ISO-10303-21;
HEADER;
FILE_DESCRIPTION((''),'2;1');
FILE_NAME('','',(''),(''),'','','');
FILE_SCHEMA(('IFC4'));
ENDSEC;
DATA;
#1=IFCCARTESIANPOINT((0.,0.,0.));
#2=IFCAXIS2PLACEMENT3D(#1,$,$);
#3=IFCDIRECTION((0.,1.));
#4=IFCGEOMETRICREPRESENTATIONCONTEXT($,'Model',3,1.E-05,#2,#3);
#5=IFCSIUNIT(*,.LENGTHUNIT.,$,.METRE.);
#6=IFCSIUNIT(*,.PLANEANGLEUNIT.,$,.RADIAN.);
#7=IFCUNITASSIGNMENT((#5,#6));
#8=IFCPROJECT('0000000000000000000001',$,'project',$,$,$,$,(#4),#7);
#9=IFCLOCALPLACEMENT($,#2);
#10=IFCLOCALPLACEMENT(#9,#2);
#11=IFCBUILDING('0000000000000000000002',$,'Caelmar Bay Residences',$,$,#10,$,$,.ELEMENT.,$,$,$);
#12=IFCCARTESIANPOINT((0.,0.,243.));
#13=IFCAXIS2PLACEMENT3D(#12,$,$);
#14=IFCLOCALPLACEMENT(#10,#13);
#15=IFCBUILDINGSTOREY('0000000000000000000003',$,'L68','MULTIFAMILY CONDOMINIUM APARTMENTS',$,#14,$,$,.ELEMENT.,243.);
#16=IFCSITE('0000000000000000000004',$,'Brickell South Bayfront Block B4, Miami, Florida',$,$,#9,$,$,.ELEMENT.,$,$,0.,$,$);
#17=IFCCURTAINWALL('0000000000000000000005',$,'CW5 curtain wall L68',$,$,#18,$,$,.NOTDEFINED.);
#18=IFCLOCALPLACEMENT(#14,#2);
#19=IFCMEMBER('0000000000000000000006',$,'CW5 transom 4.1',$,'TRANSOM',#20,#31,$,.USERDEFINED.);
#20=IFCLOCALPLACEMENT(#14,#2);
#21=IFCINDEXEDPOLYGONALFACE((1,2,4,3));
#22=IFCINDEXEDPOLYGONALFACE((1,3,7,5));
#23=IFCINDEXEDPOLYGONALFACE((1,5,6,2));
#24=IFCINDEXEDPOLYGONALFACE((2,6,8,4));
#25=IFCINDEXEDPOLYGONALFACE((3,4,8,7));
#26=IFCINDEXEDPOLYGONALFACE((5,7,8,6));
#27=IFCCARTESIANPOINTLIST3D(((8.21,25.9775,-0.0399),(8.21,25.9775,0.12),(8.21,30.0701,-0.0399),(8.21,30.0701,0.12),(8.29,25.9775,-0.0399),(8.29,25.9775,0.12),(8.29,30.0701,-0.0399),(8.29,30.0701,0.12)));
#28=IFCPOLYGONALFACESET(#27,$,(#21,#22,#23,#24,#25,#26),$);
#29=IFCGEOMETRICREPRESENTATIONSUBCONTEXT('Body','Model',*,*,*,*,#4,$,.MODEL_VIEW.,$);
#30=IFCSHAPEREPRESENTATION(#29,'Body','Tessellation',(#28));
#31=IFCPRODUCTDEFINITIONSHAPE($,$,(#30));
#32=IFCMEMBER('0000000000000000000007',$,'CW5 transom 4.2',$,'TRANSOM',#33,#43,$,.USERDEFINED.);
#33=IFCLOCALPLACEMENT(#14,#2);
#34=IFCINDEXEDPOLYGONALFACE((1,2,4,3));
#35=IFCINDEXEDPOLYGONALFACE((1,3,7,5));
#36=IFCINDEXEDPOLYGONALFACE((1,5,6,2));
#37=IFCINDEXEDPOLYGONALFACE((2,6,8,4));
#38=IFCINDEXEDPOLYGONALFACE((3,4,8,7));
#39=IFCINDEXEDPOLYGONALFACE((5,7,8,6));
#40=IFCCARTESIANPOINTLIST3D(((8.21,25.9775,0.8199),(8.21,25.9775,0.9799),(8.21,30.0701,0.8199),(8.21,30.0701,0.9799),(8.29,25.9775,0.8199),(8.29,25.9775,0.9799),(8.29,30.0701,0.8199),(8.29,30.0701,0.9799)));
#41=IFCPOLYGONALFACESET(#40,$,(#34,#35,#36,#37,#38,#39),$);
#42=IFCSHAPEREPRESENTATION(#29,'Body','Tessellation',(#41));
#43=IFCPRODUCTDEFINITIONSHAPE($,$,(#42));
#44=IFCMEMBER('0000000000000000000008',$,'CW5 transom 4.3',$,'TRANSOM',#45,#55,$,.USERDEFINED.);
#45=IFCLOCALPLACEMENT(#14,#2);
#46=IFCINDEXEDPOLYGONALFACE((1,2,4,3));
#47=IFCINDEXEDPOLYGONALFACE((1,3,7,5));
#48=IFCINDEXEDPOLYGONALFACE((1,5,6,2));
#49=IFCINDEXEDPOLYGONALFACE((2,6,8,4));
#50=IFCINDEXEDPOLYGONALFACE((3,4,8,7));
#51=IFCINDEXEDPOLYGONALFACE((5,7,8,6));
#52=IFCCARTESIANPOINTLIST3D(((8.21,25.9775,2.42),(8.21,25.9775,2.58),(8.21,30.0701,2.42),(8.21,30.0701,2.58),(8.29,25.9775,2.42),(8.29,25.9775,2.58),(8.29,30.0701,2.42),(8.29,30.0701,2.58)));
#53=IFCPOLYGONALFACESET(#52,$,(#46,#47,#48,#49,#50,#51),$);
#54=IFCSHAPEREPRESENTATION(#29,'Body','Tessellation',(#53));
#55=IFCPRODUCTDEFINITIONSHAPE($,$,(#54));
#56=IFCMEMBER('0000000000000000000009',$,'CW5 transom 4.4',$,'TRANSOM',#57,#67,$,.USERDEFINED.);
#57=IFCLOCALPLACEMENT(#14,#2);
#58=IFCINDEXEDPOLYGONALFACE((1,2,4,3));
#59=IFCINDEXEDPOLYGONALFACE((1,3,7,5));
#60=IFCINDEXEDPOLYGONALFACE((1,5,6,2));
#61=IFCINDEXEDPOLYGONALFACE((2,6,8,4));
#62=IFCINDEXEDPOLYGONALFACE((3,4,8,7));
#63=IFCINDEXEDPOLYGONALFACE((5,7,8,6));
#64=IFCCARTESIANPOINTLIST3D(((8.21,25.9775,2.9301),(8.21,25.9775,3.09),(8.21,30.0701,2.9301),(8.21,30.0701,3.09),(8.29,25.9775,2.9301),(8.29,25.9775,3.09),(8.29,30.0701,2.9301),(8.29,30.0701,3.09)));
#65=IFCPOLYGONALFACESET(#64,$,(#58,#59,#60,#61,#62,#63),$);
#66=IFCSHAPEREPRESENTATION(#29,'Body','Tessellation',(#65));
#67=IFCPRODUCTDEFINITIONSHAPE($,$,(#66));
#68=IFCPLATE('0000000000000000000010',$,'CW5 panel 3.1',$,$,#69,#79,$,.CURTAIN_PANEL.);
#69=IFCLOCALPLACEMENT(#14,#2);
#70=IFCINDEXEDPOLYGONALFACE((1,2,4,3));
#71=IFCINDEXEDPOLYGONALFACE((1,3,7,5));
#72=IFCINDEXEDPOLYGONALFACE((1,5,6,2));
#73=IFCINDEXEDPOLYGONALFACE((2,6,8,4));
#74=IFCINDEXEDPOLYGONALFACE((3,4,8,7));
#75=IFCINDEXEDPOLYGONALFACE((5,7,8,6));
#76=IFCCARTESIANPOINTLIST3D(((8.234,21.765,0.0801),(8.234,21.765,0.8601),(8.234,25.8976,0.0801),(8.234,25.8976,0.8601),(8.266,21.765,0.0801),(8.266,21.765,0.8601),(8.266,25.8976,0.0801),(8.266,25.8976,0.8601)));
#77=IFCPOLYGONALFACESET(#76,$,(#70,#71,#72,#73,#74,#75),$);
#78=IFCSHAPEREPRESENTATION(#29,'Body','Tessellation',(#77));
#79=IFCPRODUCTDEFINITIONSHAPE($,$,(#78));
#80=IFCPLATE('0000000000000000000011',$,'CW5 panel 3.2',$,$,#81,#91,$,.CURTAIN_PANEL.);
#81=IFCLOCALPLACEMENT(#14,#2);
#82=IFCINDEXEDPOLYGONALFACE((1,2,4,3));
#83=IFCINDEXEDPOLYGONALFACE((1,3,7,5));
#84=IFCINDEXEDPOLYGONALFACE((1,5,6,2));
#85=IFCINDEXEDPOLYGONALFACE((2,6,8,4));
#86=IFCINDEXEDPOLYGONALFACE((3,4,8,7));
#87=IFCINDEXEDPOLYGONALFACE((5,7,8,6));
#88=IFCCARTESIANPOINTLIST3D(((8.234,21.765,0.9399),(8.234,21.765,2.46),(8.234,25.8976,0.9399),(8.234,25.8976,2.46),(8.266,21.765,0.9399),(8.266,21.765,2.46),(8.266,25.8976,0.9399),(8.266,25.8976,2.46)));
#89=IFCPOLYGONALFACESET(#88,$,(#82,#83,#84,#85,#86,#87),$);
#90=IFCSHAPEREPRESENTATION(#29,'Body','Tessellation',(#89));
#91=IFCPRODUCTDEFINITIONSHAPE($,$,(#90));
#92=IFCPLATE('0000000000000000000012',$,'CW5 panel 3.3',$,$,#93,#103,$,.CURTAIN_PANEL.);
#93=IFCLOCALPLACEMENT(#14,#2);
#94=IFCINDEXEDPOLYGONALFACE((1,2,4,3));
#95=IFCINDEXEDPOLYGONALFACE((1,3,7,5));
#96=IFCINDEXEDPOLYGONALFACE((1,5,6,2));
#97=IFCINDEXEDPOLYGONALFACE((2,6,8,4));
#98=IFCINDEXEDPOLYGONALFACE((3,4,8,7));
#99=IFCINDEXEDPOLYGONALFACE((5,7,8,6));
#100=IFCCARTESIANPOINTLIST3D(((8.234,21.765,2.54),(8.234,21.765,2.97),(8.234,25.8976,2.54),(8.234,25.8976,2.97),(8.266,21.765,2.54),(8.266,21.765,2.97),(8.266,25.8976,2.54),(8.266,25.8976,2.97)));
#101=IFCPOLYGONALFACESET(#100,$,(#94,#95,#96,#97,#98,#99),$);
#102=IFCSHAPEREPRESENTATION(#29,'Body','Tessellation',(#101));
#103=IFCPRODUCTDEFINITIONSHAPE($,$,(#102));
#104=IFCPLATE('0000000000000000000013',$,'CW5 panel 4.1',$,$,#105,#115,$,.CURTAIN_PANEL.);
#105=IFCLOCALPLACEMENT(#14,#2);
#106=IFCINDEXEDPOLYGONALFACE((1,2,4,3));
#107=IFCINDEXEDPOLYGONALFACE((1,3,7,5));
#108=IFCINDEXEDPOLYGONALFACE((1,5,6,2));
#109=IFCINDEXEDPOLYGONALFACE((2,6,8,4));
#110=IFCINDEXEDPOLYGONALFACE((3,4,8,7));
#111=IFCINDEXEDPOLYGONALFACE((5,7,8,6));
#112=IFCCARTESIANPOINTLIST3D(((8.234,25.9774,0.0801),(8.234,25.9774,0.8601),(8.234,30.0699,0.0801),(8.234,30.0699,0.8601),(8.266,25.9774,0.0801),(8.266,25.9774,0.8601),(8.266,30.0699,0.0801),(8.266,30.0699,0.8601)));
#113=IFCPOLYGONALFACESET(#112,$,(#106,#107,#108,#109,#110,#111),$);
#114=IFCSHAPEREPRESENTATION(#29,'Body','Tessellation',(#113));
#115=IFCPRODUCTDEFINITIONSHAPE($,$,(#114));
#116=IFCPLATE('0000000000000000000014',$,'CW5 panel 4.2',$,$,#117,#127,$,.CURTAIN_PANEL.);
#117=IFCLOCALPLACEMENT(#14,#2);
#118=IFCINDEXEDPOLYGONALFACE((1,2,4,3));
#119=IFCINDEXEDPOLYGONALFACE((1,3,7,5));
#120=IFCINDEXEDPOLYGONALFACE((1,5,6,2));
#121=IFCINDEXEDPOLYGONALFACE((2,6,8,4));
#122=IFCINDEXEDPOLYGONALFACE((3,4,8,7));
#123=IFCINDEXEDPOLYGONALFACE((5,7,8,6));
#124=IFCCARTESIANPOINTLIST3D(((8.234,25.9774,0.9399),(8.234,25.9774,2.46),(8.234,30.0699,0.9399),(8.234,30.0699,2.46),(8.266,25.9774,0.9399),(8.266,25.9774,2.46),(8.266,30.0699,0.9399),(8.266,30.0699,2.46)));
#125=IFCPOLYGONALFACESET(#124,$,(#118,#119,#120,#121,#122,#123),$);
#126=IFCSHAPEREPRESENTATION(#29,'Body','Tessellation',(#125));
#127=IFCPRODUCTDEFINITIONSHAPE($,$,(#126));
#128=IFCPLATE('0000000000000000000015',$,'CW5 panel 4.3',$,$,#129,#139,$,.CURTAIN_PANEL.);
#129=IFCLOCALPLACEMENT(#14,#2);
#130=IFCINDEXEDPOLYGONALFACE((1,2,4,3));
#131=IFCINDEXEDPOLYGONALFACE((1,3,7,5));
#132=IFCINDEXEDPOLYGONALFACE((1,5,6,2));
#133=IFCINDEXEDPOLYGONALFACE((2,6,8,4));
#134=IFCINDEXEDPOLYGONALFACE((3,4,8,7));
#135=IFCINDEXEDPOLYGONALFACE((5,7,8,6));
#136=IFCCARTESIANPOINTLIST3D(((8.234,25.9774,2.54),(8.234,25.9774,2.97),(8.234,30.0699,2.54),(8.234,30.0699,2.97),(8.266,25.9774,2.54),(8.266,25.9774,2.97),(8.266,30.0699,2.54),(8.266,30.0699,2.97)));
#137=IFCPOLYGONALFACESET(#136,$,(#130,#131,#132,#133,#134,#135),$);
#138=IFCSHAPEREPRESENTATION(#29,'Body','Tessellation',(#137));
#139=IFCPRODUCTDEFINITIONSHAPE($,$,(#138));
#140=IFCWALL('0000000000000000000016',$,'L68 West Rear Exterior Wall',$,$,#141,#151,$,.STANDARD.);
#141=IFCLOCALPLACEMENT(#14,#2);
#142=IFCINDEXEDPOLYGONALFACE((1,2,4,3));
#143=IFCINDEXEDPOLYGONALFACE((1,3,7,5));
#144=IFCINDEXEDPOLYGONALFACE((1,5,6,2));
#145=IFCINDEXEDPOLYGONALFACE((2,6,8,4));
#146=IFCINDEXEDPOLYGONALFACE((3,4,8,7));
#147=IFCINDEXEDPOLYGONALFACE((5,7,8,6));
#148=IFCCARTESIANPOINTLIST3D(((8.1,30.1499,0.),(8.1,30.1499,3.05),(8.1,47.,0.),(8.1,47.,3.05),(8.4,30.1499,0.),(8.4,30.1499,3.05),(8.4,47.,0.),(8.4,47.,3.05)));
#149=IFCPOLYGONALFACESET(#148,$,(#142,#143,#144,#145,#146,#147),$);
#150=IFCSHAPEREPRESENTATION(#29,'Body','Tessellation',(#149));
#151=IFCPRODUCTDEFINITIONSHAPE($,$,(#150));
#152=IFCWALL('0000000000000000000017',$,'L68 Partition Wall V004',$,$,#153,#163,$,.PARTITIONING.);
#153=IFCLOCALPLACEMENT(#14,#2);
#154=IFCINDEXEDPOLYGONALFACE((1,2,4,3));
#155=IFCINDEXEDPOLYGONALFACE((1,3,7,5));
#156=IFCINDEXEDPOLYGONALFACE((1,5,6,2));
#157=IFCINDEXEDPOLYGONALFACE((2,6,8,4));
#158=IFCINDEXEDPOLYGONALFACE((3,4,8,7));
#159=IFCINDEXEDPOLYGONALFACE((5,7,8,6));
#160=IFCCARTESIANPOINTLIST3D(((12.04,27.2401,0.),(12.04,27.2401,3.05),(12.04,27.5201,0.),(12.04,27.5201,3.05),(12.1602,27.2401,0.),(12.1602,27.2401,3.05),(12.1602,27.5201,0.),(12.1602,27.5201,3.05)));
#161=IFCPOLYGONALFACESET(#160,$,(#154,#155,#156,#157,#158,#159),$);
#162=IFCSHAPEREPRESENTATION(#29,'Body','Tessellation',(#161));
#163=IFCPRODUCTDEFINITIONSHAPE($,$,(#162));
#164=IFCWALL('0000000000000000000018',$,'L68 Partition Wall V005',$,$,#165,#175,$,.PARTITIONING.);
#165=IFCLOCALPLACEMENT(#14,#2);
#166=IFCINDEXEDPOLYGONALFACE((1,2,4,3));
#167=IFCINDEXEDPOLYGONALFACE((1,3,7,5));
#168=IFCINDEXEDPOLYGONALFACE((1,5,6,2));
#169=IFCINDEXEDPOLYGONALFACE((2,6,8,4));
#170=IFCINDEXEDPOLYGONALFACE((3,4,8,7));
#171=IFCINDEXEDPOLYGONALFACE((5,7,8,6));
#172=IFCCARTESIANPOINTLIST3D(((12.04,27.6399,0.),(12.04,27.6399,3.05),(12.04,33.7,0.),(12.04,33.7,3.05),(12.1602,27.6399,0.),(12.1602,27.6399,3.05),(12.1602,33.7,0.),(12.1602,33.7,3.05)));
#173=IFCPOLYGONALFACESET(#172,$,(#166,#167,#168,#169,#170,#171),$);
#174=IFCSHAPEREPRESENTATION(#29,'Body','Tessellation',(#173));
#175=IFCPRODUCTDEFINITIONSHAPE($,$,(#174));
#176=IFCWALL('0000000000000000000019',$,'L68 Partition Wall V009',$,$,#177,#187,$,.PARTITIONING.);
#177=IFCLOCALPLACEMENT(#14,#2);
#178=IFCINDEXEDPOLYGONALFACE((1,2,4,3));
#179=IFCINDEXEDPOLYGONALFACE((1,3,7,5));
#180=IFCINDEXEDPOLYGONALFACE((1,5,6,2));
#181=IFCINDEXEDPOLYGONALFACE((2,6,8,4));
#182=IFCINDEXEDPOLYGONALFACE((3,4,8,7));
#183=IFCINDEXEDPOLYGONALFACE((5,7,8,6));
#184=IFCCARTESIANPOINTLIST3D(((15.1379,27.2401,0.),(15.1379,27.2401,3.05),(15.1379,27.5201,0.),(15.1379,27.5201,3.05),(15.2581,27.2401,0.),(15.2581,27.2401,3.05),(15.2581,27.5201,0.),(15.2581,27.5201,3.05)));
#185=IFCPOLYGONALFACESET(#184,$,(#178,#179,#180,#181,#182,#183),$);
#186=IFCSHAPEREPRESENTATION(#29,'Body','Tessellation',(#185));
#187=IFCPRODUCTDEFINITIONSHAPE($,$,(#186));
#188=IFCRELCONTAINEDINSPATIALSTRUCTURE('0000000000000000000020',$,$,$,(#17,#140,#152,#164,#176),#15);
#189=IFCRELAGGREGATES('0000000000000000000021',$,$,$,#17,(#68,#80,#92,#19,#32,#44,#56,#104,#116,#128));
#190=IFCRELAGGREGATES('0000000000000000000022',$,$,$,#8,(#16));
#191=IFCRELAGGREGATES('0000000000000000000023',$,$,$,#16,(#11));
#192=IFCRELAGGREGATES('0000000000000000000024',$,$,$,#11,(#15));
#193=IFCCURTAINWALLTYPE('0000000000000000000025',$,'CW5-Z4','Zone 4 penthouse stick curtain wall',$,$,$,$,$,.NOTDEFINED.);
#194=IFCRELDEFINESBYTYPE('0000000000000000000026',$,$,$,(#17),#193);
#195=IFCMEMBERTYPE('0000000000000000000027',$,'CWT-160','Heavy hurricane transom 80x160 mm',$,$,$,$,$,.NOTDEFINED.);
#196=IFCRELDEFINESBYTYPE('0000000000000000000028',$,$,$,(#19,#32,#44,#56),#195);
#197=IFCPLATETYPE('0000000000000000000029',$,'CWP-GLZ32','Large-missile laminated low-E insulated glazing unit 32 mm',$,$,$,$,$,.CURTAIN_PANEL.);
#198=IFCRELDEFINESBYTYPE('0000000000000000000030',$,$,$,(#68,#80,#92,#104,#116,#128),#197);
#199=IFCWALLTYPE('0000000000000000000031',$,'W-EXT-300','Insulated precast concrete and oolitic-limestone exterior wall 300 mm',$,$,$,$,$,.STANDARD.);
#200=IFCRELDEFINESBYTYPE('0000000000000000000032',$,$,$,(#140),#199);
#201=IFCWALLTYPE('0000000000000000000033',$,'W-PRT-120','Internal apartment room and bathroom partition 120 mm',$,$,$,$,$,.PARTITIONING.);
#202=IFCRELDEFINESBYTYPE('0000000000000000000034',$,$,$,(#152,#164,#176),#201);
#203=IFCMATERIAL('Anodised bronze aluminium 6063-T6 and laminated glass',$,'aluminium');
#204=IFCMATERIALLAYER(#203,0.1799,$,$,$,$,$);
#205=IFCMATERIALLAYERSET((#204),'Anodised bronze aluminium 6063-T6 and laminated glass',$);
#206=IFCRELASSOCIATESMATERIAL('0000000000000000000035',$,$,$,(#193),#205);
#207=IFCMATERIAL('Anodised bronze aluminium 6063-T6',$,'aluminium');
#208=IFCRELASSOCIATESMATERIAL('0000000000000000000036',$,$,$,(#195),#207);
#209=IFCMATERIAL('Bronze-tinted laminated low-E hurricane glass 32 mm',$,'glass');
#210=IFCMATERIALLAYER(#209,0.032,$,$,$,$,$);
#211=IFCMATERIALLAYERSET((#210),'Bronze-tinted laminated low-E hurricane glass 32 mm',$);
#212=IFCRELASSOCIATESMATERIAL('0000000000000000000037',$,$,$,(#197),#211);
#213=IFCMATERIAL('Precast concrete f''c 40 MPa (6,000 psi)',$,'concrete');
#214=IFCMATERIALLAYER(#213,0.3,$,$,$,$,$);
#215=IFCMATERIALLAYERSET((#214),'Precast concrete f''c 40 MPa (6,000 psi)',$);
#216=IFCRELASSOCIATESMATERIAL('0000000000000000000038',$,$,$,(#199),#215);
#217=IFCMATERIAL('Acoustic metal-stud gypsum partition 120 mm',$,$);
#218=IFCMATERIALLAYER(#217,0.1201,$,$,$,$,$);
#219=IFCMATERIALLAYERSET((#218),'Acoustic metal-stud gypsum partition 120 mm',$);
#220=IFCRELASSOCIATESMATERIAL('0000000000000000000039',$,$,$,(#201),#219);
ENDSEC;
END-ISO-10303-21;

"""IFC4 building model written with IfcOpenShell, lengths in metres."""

from ifc_helpers import new_model, si_unit, direction, frame, frame_2d, origin, origin_2d, place, context, subcontext, project, spatial, rectangle, extrude, material, layer, layer_set, material_profile, profile_set, type_object, element, aggregate, save


model = new_model("IFC4")

# Units and contexts
model_context = context("Model", 3, precision=1e-05, world=origin(), true_north=direction((0.0, 1.0)))
body_context = subcontext(model_context, "Body", "Model", "MODEL_VIEW")
ifc_project = project(units=[si_unit("LENGTHUNIT", "METRE"), si_unit("PLANEANGLEUNIT", "RADIAN")], contexts=[model_context])

# Site, building, storey
site_placement = place(None, origin())
site = spatial("IfcSite", under=ifc_project, at=site_placement, Name="Brickell South Bayfront Block B4, Miami, Florida", CompositionType="ELEMENT", RefElevation=0.0)
building_placement = place(site_placement, origin())
building = spatial("IfcBuilding", under=site, at=building_placement, Name="Caelmar Bay Residences", CompositionType="ELEMENT")
storey_placement = place(building_placement, frame((0.0, 0.0, 243.0)))
storey = spatial("IfcBuildingStorey", under=building, at=storey_placement, Name="L68", Description="MULTIFAMILY CONDOMINIUM APARTMENTS", CompositionType="ELEMENT", Elevation=243.0)

# Curtain wall, members, plates
ifc_material_1 = material(Name="Anodised bronze aluminium 6063-T6 and laminated glass", Category="aluminium")
ifc_layer_1 = layer(ifc_material_1, 0.1799)
ifc_layer_set_1 = layer_set([ifc_layer_1], Name="Anodised bronze aluminium 6063-T6 and laminated glass")
curtain_wall_type = type_object("IfcCurtainWallType", Name="CW5-Z4", Description="Zone 4 penthouse stick curtain wall", PredefinedType="NOTDEFINED", material=ifc_layer_set_1)
curtain_wall_placement = place(storey_placement, origin())
curtain_wall = element("IfcCurtainWall", 1, at=curtain_wall_placement, inside=storey, type_object=curtain_wall_type, Name="CW5 curtain wall L68", PredefinedType="NOTDEFINED")
ifc_material_2 = material(Name="Anodised bronze aluminium 6063-T6", Category="aluminium")
ifc_material_profile_1 = material_profile(ifc_material_2, rectangle(XDim=0.0801, YDim=0.1599, at=origin_2d()), Name="CWT-80X160")
ifc_profile_set_1 = profile_set([ifc_material_profile_1], Name="Anodised bronze aluminium 6063-T6")
member_type_1 = type_object("IfcMemberType", Name="CWT-160", Description="Heavy hurricane transom 80x160 mm", PredefinedType="NOTDEFINED", material=ifc_profile_set_1)
member_1_placement = place(storey_placement, frame((8.25, 25.9775, 0.04), z_axis=(0.0, 1.0, 0.0), x_axis=(-1.0, 0.0, 0.0)))
member_1 = element("IfcMember", 2, at=member_1_placement, type_object=member_type_1, Name="CW5 transom 4.1", ObjectType="TRANSOM", PredefinedType="USERDEFINED", context=body_context, shape_type="SweptSolid", body=[
    extrude(rectangle(XDim=0.0801, YDim=0.1599, at=origin_2d()), origin(), (0.0, 0.0, 1.0), 4.0925),
])
member_2_placement = place(storey_placement, frame((8.25, 25.9775, 0.8999), z_axis=(0.0, 1.0, 0.0), x_axis=(-1.0, 0.0, 0.0)))
member_2 = element("IfcMember", 3, at=member_2_placement, type_object=member_type_1, Name="CW5 transom 4.2", ObjectType="TRANSOM", PredefinedType="USERDEFINED", context=body_context, shape_type="SweptSolid", body=[
    extrude(rectangle(XDim=0.0801, YDim=0.1599, at=origin_2d()), origin(), (0.0, 0.0, 1.0), 4.0925),
])
member_3_placement = place(storey_placement, frame((8.25, 25.9775, 2.5), z_axis=(0.0, 1.0, 0.0), x_axis=(-1.0, 0.0, 0.0)))
member_3 = element("IfcMember", 4, at=member_3_placement, type_object=member_type_1, Name="CW5 transom 4.3", ObjectType="TRANSOM", PredefinedType="USERDEFINED", context=body_context, shape_type="SweptSolid", body=[
    extrude(rectangle(XDim=0.0801, YDim=0.1599, at=origin_2d()), origin(), (0.0, 0.0, 1.0), 4.0925),
])
member_4_placement = place(storey_placement, frame((8.25, 25.9775, 3.01), z_axis=(0.0, 1.0, 0.0), x_axis=(-1.0, 0.0, 0.0)))
member_4 = element("IfcMember", 5, at=member_4_placement, type_object=member_type_1, Name="CW5 transom 4.4", ObjectType="TRANSOM", PredefinedType="USERDEFINED", context=body_context, shape_type="SweptSolid", body=[
    extrude(rectangle(XDim=0.0801, YDim=0.1599, at=origin_2d()), origin(), (0.0, 0.0, 1.0), 4.0925),
])
ifc_material_3 = material(Name="Bronze-tinted laminated low-E hurricane glass 32 mm", Category="glass")
ifc_layer_2 = layer(ifc_material_3, 0.032)
ifc_layer_set_2 = layer_set([ifc_layer_2], Name="Bronze-tinted laminated low-E hurricane glass 32 mm")
plate_type = type_object("IfcPlateType", Name="CWP-GLZ32", Description="Large-missile laminated low-E insulated glazing unit 32 mm", PredefinedType="CURTAIN_PANEL", material=ifc_layer_set_2)
plate_1_placement = place(storey_placement, frame((8.25, 23.8313, 0.0801), z_axis=(0.0, 0.0, 1.0), x_axis=(0.0, 1.0, 0.0)))
plate_1 = element("IfcPlate", 6, at=plate_1_placement, type_object=plate_type, Name="CW5 panel 3.1", PredefinedType="CURTAIN_PANEL", context=body_context, shape_type="SweptSolid", body=[
    extrude(rectangle(XDim=4.1326, YDim=0.032, at=origin_2d()), origin(), (0.0, 0.0, 1.0), 0.78),
])
plate_2_placement = place(storey_placement, frame((8.25, 23.8313, 0.9399), z_axis=(0.0, 0.0, 1.0), x_axis=(0.0, 1.0, 0.0)))
plate_2 = element("IfcPlate", 7, at=plate_2_placement, type_object=plate_type, Name="CW5 panel 3.2", PredefinedType="CURTAIN_PANEL", context=body_context, shape_type="SweptSolid", body=[
    extrude(rectangle(XDim=4.1326, YDim=0.032, at=origin_2d()), origin(), (0.0, 0.0, 1.0), 1.52),
])
plate_3_placement = place(storey_placement, frame((8.25, 23.8313, 2.54), z_axis=(0.0, 0.0, 1.0), x_axis=(0.0, 1.0, 0.0)))
plate_3 = element("IfcPlate", 8, at=plate_3_placement, type_object=plate_type, Name="CW5 panel 3.3", PredefinedType="CURTAIN_PANEL", context=body_context, shape_type="SweptSolid", body=[
    extrude(rectangle(XDim=4.1326, YDim=0.032, at=origin_2d()), origin(), (0.0, 0.0, 1.0), 0.4299),
])
plate_4_placement = place(storey_placement, frame((8.25, 28.0237, 0.0801), z_axis=(0.0, 0.0, 1.0), x_axis=(0.0, 1.0, 0.0)))
plate_4 = element("IfcPlate", 9, at=plate_4_placement, type_object=plate_type, Name="CW5 panel 4.1", PredefinedType="CURTAIN_PANEL", context=body_context, shape_type="SweptSolid", body=[
    extrude(rectangle(XDim=4.0925, YDim=0.032, at=origin_2d()), origin(), (0.0, 0.0, 1.0), 0.78),
])
plate_5_placement = place(storey_placement, frame((8.25, 28.0237, 0.9399), z_axis=(0.0, 0.0, 1.0), x_axis=(0.0, 1.0, 0.0)))
plate_5 = element("IfcPlate", 10, at=plate_5_placement, type_object=plate_type, Name="CW5 panel 4.2", PredefinedType="CURTAIN_PANEL", context=body_context, shape_type="SweptSolid", body=[
    extrude(rectangle(XDim=4.0925, YDim=0.032, at=origin_2d()), origin(), (0.0, 0.0, 1.0), 1.52),
])
plate_6_placement = place(storey_placement, frame((8.25, 28.0237, 2.54), z_axis=(0.0, 0.0, 1.0), x_axis=(0.0, 1.0, 0.0)))
plate_6 = element("IfcPlate", 11, at=plate_6_placement, type_object=plate_type, Name="CW5 panel 4.3", PredefinedType="CURTAIN_PANEL", context=body_context, shape_type="SweptSolid", body=[
    extrude(rectangle(XDim=4.0925, YDim=0.032, at=origin_2d()), origin(), (0.0, 0.0, 1.0), 0.4299),
])
aggregate(curtain_wall, [plate_1, plate_2, plate_3, member_1, member_2, member_3, member_4, plate_4, plate_5, plate_6])

# Walls
ifc_material_4 = material(Name="Precast concrete f'c 40 MPa (6,000 psi)", Category="concrete")
ifc_layer_3 = layer(ifc_material_4, 0.3)
ifc_layer_set_3 = layer_set([ifc_layer_3], Name="Precast concrete f'c 40 MPa (6,000 psi)")
wall_type_1 = type_object("IfcWallType", Name="W-EXT-300", Description="Insulated precast concrete and oolitic-limestone exterior wall 300 mm", PredefinedType="STANDARD", material=ifc_layer_set_3)
wall_1_placement = place(storey_placement, frame((8.25, 30.1499, 0.0), z_axis=(0.0, 0.0, 1.0), x_axis=(0.0, 1.0, 0.0)))
element("IfcWall", 12, at=wall_1_placement, inside=storey, type_object=wall_type_1, Name="L68 West Rear Exterior Wall", PredefinedType="STANDARD", context=body_context, shape_type="SweptSolid", body=[
    extrude(rectangle(XDim=16.8501, YDim=0.3, at=frame_2d((8.425, 0.0))), origin(), (0.0, 0.0, 1.0), 3.05),
])
ifc_material_5 = material(Name="Acoustic metal-stud gypsum partition 120 mm")
ifc_layer_4 = layer(ifc_material_5, 0.1201)
ifc_layer_set_4 = layer_set([ifc_layer_4], Name="Acoustic metal-stud gypsum partition 120 mm")
wall_type_2 = type_object("IfcWallType", Name="W-PRT-120", Description="Internal apartment room and bathroom partition 120 mm", PredefinedType="PARTITIONING", material=ifc_layer_set_4)
wall_2_placement = place(storey_placement, frame((12.1001, 27.24, 0.0), z_axis=(0.0, 0.0, 1.0), x_axis=(0.0, 1.0, 0.0)))
element("IfcWall", 13, at=wall_2_placement, inside=storey, type_object=wall_type_2, Name="L68 Partition Wall V004", PredefinedType="PARTITIONING", context=body_context, shape_type="SweptSolid", body=[
    extrude(rectangle(XDim=0.28, YDim=0.1201, at=frame_2d((0.1401, 0.0))), origin(), (0.0, 0.0, 1.0), 3.05),
])
wall_3_placement = place(storey_placement, frame((12.1001, 27.6399, 0.0), z_axis=(0.0, 0.0, 1.0), x_axis=(0.0, 1.0, 0.0)))
element("IfcWall", 14, at=wall_3_placement, inside=storey, type_object=wall_type_2, Name="L68 Partition Wall V005", PredefinedType="PARTITIONING", context=body_context, shape_type="SweptSolid", body=[
    extrude(rectangle(XDim=6.0601, YDim=0.1201, at=frame_2d((3.03, 0.0))), origin(), (0.0, 0.0, 1.0), 3.05),
])
wall_4_placement = place(storey_placement, frame((15.198, 27.24, 0.0), z_axis=(0.0, 0.0, 1.0), x_axis=(0.0, 1.0, 0.0)))
element("IfcWall", 15, at=wall_4_placement, inside=storey, type_object=wall_type_2, Name="L68 Partition Wall V009", PredefinedType="PARTITIONING", context=body_context, shape_type="SweptSolid", body=[
    extrude(rectangle(XDim=0.28, YDim=0.1201, at=frame_2d((0.1401, 0.0))), origin(), (0.0, 0.0, 1.0), 3.05),
])

save(model, "model.ifc")
